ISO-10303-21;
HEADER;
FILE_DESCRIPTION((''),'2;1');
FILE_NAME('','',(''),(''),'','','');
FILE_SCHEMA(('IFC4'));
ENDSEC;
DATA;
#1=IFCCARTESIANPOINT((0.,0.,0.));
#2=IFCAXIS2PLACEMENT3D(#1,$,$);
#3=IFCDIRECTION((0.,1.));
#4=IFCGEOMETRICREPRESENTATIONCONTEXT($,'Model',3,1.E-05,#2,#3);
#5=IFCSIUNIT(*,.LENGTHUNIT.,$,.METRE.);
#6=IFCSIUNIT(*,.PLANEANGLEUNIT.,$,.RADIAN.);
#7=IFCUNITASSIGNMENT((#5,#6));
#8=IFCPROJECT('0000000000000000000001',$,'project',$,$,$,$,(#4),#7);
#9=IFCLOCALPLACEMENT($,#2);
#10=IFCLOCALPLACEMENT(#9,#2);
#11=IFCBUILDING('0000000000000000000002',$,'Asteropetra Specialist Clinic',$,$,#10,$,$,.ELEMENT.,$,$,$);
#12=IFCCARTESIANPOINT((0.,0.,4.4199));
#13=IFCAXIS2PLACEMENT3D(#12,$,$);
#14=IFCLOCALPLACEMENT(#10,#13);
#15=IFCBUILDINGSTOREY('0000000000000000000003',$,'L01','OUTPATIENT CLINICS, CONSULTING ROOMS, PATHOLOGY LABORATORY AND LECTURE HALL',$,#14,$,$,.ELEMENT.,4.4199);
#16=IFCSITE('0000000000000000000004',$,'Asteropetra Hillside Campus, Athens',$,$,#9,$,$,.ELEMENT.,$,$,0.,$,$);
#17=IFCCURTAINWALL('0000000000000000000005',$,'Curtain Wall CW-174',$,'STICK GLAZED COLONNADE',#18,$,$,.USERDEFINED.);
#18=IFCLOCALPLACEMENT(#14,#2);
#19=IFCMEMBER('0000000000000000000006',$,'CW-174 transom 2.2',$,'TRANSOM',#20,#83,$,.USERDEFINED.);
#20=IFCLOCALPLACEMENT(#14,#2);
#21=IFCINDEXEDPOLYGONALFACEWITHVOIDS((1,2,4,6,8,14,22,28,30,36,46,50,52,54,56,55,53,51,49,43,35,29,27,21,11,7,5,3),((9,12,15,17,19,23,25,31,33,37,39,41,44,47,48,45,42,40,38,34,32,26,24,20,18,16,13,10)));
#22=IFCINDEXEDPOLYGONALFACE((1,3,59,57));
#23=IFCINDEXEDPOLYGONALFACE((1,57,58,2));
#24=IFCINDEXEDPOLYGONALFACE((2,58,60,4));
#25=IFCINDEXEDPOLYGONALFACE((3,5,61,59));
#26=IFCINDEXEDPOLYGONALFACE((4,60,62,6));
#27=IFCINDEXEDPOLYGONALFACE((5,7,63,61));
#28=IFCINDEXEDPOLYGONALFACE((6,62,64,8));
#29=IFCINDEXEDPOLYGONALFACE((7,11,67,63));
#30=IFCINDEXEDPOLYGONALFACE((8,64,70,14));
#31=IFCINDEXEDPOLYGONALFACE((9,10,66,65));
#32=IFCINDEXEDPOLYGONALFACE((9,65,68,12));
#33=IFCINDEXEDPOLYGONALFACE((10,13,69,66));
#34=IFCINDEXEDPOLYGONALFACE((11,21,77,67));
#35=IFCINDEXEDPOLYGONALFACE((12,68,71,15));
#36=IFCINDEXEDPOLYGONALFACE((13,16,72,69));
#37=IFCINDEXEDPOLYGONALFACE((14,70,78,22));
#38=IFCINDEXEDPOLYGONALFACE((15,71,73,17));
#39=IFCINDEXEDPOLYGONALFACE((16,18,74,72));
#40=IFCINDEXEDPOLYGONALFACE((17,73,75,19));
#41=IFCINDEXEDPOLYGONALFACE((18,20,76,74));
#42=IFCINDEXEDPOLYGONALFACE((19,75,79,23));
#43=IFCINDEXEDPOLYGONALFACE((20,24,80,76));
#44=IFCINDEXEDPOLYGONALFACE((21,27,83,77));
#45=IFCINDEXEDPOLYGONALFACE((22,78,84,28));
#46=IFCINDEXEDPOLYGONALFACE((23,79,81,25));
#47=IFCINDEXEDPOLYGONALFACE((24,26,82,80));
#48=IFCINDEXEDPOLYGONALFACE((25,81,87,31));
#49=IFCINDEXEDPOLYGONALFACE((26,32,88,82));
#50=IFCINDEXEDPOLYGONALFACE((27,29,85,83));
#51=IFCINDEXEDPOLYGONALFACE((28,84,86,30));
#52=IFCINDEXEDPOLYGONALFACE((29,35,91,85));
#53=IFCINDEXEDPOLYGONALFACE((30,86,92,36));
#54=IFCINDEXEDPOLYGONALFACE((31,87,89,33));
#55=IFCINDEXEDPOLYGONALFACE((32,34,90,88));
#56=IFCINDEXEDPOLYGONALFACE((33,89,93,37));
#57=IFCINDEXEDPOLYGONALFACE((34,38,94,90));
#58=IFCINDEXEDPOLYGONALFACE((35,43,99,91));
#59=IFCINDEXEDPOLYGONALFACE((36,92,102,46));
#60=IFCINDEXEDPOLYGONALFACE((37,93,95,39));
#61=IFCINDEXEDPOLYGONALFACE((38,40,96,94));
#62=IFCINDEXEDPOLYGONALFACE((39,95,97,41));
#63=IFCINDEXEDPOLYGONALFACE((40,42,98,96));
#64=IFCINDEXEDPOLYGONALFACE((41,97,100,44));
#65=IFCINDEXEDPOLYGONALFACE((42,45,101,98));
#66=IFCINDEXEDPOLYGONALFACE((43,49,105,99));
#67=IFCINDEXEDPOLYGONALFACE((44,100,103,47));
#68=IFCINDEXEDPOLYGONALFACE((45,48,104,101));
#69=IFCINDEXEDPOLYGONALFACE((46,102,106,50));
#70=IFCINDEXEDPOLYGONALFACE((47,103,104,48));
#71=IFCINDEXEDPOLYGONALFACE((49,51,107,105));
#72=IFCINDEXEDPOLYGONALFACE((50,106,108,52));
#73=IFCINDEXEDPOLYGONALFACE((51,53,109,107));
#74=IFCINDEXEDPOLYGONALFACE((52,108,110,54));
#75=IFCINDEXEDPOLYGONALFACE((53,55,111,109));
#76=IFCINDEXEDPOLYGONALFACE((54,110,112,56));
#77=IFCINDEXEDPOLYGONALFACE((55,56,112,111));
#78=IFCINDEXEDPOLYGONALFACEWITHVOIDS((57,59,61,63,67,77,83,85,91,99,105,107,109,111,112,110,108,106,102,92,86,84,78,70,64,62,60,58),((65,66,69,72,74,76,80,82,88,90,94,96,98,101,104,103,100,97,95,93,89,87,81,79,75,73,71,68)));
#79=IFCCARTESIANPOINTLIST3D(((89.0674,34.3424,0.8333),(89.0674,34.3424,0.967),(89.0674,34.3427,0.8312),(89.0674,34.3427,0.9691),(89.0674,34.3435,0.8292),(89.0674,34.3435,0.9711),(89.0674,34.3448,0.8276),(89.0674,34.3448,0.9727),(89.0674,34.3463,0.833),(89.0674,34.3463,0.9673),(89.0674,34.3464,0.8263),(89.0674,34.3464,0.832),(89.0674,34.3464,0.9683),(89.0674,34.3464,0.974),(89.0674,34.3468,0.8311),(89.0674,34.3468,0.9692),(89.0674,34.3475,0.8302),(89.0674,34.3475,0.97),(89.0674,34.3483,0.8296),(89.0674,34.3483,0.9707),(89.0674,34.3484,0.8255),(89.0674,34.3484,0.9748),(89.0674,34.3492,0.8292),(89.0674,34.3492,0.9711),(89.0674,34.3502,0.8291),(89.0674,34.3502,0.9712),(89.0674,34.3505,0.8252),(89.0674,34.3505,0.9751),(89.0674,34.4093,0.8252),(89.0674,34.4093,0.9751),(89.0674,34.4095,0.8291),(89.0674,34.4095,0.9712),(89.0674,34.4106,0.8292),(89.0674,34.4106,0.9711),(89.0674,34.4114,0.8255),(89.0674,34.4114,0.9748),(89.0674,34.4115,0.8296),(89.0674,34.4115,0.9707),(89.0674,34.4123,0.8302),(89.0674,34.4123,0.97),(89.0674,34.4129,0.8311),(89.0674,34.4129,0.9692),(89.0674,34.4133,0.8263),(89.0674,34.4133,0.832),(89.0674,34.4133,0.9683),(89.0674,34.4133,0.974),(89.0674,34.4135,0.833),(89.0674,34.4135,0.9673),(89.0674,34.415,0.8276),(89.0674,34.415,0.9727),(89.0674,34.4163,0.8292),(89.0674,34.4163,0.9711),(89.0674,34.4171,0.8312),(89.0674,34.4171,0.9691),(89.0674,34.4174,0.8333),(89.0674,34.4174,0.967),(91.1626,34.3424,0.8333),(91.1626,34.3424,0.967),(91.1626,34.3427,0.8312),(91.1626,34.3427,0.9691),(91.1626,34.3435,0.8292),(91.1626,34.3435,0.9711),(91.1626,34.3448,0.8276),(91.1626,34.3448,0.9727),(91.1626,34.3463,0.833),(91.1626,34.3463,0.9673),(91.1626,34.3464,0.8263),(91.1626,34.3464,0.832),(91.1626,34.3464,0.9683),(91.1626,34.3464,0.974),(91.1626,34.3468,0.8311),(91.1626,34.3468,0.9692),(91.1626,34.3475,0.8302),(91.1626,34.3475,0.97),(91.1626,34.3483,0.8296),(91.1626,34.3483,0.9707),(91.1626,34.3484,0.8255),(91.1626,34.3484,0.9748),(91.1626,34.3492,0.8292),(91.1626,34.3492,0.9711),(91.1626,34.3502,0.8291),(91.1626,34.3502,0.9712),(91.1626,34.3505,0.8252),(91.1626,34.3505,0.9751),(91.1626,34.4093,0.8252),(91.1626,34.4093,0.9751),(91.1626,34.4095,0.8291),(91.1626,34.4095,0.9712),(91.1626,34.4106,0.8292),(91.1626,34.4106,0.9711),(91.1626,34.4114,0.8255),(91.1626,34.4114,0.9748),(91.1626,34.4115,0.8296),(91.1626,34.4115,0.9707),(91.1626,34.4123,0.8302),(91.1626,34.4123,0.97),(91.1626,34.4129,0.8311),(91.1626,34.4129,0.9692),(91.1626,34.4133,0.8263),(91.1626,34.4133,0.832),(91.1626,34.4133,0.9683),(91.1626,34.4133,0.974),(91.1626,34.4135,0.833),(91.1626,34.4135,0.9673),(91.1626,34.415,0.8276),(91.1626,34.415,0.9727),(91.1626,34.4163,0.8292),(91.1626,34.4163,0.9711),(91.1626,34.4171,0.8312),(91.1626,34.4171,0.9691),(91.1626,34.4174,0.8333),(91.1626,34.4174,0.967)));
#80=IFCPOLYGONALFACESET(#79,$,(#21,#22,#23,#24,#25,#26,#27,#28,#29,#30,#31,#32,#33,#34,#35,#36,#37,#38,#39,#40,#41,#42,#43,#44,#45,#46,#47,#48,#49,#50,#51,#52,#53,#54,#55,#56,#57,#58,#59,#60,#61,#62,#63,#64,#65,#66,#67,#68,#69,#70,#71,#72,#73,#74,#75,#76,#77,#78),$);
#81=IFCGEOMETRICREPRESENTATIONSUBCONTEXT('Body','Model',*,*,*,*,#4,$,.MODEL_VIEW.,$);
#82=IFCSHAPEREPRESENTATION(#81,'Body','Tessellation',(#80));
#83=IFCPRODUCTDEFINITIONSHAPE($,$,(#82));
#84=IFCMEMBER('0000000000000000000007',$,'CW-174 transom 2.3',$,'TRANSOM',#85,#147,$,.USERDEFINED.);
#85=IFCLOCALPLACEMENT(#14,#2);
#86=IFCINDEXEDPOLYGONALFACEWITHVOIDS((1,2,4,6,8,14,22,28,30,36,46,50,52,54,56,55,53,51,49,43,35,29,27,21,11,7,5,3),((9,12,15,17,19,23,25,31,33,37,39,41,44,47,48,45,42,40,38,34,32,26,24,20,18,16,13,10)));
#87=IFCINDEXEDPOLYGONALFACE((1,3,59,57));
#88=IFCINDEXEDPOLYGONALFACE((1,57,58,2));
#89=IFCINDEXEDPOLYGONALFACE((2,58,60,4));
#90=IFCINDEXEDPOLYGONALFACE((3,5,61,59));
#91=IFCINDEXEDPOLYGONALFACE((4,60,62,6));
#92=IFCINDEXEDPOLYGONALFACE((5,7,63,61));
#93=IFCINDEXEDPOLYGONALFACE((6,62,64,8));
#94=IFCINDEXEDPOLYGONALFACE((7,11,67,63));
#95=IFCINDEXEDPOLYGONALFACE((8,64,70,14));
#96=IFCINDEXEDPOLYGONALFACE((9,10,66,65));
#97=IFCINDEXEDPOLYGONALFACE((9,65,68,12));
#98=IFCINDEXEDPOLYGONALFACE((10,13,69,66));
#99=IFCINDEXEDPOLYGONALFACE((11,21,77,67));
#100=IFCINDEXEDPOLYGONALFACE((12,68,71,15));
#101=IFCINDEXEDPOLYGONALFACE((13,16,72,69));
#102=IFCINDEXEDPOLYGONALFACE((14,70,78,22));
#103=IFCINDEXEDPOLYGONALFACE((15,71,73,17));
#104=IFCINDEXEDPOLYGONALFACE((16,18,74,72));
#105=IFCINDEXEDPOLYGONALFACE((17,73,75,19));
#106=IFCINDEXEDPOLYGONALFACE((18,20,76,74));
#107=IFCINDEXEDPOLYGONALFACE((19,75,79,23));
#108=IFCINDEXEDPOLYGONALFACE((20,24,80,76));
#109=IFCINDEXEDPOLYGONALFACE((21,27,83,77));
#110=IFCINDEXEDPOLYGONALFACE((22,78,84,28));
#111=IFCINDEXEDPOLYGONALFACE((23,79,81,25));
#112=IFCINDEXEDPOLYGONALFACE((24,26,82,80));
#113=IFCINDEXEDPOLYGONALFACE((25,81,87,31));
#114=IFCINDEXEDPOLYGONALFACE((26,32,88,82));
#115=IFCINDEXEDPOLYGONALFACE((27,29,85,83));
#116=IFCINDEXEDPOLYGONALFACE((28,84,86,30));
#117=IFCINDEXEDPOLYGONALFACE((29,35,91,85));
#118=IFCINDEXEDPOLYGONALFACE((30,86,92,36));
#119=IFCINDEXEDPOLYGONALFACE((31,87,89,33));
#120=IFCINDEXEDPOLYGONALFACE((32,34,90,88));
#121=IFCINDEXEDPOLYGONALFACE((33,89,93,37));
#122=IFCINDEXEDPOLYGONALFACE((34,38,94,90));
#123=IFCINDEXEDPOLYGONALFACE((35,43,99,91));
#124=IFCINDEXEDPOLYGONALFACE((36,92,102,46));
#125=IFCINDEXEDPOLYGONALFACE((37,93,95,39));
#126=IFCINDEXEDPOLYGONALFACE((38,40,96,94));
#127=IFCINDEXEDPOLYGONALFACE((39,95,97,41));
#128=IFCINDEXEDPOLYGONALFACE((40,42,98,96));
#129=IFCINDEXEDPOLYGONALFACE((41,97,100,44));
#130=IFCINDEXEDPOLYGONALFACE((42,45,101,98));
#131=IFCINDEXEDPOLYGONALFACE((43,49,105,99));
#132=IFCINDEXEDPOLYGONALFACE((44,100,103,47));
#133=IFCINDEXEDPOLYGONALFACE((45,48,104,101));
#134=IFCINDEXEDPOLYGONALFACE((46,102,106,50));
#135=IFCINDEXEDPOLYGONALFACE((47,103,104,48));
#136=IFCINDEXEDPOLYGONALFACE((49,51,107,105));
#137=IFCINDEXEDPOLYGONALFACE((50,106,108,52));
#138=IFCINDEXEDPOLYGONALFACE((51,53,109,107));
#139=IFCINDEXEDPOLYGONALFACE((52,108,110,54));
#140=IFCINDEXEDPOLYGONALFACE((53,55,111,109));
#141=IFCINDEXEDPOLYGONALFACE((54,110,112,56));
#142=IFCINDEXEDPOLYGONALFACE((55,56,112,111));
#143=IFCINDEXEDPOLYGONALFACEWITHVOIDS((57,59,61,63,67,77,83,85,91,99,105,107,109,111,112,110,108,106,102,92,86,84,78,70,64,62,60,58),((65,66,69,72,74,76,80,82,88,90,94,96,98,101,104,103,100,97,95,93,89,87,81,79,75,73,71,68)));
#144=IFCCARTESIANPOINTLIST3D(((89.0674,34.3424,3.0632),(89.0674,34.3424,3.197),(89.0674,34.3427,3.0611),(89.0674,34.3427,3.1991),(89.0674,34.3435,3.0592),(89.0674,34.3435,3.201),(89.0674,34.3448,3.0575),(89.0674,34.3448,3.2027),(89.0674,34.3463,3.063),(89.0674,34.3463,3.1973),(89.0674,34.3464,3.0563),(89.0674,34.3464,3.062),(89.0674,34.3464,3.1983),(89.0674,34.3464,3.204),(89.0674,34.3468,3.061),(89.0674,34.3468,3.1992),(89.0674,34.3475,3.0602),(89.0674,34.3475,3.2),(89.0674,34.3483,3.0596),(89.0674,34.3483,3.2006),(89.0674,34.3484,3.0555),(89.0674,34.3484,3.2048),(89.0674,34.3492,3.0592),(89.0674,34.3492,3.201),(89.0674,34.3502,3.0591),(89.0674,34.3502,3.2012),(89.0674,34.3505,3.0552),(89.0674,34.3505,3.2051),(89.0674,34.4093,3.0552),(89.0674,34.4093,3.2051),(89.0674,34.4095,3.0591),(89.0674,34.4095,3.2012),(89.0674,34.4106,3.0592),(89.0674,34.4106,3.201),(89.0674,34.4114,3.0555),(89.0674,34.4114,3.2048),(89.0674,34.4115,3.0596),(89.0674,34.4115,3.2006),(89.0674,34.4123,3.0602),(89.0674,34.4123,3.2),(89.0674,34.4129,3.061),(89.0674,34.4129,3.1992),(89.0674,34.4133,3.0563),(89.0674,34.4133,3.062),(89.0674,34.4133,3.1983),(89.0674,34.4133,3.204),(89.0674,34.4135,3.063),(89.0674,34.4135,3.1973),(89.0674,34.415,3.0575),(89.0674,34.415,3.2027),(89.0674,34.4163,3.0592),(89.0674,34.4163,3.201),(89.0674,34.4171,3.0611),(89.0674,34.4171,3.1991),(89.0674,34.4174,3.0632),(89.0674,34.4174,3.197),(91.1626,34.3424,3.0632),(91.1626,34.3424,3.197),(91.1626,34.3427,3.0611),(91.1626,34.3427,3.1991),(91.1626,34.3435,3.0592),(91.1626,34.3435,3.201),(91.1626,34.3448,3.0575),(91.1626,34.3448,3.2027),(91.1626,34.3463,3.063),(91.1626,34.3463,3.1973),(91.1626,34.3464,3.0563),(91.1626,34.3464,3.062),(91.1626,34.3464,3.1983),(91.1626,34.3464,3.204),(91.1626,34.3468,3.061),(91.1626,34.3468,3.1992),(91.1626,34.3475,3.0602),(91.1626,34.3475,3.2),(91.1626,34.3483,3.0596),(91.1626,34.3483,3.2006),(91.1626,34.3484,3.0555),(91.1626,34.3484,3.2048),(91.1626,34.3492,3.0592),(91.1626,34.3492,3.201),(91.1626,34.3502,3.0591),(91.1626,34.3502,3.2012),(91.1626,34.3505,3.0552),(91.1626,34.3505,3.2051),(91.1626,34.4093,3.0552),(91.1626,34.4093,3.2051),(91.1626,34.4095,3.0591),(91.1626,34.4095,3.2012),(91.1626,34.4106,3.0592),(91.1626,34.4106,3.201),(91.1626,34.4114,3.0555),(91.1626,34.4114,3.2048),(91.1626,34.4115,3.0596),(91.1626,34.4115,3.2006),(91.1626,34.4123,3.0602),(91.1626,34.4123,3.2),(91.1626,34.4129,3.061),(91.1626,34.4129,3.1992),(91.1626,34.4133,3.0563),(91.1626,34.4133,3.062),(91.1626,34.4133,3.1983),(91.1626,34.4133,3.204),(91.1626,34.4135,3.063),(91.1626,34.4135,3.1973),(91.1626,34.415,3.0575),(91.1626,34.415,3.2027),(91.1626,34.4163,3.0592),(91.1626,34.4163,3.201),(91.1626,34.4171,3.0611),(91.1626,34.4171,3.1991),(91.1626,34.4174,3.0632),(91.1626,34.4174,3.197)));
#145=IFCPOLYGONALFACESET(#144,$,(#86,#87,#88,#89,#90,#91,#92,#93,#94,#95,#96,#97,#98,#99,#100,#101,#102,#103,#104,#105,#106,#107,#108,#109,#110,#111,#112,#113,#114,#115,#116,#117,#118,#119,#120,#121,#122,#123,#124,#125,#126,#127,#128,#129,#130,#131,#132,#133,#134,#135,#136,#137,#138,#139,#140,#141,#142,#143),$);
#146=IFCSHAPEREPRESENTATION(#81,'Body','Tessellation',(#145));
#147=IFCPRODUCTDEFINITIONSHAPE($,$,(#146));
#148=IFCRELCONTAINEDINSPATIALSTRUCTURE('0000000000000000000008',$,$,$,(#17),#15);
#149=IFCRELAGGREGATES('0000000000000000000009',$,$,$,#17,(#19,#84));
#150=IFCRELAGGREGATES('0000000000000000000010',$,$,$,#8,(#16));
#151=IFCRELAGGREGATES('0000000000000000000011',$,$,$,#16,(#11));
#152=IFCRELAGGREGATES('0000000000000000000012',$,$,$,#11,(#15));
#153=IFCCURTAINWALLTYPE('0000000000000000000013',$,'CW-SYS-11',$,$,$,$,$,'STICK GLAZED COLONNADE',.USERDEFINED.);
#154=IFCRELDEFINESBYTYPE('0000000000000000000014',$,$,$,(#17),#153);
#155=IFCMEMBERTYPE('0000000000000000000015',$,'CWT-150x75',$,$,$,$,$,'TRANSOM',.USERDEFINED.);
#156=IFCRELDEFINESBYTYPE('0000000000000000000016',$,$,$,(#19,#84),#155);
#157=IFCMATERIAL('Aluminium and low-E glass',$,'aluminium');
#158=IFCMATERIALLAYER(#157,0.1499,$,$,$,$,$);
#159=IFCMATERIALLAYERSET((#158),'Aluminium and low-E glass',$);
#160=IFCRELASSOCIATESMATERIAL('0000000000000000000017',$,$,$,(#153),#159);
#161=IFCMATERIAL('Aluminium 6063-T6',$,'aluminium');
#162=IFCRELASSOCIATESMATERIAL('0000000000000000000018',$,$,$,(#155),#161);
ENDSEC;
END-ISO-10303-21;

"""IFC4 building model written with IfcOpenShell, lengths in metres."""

from ifc_helpers import new_model, si_unit, direction, frame, origin, origin_2d, place, context, subcontext, project, spatial, hollow_rectangle, extrude, material, layer, layer_set, material_profile, profile_set, type_object, element, aggregate, save


model = new_model("IFC4")

# Units and contexts
model_context = context("Model", 3, precision=1e-05, world=origin(), true_north=direction((0.0, 1.0)))
body_context = subcontext(model_context, "Body", "Model", "MODEL_VIEW")
ifc_project = project(units=[si_unit("LENGTHUNIT", "METRE"), si_unit("PLANEANGLEUNIT", "RADIAN")], contexts=[model_context])

# Site, building, storey
site_placement = place(None, origin())
site = spatial("IfcSite", under=ifc_project, at=site_placement, Name="Asteropetra Hillside Campus, Athens", CompositionType="ELEMENT", RefElevation=0.0)
building_placement = place(site_placement, origin())
building = spatial("IfcBuilding", under=site, at=building_placement, Name="Asteropetra Specialist Clinic", CompositionType="ELEMENT")
storey_placement = place(building_placement, frame((0.0, 0.0, 4.4199)))
storey = spatial("IfcBuildingStorey", under=building, at=storey_placement, Name="L01", Description="OUTPATIENT CLINICS, CONSULTING ROOMS, PATHOLOGY LABORATORY AND LECTURE HALL", CompositionType="ELEMENT", Elevation=4.4199)

# Curtain wall, members
ifc_material_1 = material(Name="Aluminium and low-E glass", Category="aluminium")
ifc_layer_1 = layer(ifc_material_1, 0.1499)
ifc_layer_set_1 = layer_set([ifc_layer_1], Name="Aluminium and low-E glass")
curtain_wall_type = type_object("IfcCurtainWallType", Name="CW-SYS-11", ElementType="STICK GLAZED COLONNADE", PredefinedType="USERDEFINED", material=ifc_layer_set_1)
curtain_wall_placement = place(storey_placement, origin())
curtain_wall = element("IfcCurtainWall", 1, at=curtain_wall_placement, inside=storey, type_object=curtain_wall_type, Name="Curtain Wall CW-174", ObjectType="STICK GLAZED COLONNADE", PredefinedType="USERDEFINED")
ifc_material_2 = material(Name="Aluminium 6063-T6", Category="aluminium")
ifc_material_profile_1 = material_profile(ifc_material_2, hollow_rectangle(XDim=0.075, YDim=0.1499, WallThickness=0.0039, InnerFilletRadius=0.0039, OuterFilletRadius=0.0081, at=origin_2d()), Name="TRN 150x75x4.0")
ifc_profile_set_1 = profile_set([ifc_material_profile_1], Name="Aluminium 6063-T6")
member_type_1 = type_object("IfcMemberType", Name="CWT-150x75", ElementType="TRANSOM", PredefinedType="USERDEFINED", material=ifc_profile_set_1)
member_1_placement = place(storey_placement, frame((89.0674, 34.3799, 0.9001), z_axis=(1.0, 0.0, 0.0), x_axis=(0.0, 1.0, 0.0)))
member_1 = element("IfcMember", 2, at=member_1_placement, type_object=member_type_1, Name="CW-174 transom 2.2", ObjectType="TRANSOM", PredefinedType="USERDEFINED", context=body_context, shape_type="SweptSolid", body=[
    extrude(hollow_rectangle(XDim=0.075, YDim=0.1499, WallThickness=0.0039, InnerFilletRadius=0.0039, OuterFilletRadius=0.0081, at=origin_2d()), origin(), (0.0, 0.0, 1.0), 2.0952),
])
member_2_placement = place(storey_placement, frame((89.0674, 34.3799, 3.1301), z_axis=(1.0, 0.0, 0.0), x_axis=(0.0, 1.0, 0.0)))
member_2 = element("IfcMember", 3, at=member_2_placement, type_object=member_type_1, Name="CW-174 transom 2.3", ObjectType="TRANSOM", PredefinedType="USERDEFINED", context=body_context, shape_type="SweptSolid", body=[
    extrude(hollow_rectangle(XDim=0.075, YDim=0.1499, WallThickness=0.0039, InnerFilletRadius=0.0039, OuterFilletRadius=0.0081, at=origin_2d()), origin(), (0.0, 0.0, 1.0), 2.0952),
])

aggregate(curtain_wall, [member_1, member_2])

save(model, "model.ifc")
